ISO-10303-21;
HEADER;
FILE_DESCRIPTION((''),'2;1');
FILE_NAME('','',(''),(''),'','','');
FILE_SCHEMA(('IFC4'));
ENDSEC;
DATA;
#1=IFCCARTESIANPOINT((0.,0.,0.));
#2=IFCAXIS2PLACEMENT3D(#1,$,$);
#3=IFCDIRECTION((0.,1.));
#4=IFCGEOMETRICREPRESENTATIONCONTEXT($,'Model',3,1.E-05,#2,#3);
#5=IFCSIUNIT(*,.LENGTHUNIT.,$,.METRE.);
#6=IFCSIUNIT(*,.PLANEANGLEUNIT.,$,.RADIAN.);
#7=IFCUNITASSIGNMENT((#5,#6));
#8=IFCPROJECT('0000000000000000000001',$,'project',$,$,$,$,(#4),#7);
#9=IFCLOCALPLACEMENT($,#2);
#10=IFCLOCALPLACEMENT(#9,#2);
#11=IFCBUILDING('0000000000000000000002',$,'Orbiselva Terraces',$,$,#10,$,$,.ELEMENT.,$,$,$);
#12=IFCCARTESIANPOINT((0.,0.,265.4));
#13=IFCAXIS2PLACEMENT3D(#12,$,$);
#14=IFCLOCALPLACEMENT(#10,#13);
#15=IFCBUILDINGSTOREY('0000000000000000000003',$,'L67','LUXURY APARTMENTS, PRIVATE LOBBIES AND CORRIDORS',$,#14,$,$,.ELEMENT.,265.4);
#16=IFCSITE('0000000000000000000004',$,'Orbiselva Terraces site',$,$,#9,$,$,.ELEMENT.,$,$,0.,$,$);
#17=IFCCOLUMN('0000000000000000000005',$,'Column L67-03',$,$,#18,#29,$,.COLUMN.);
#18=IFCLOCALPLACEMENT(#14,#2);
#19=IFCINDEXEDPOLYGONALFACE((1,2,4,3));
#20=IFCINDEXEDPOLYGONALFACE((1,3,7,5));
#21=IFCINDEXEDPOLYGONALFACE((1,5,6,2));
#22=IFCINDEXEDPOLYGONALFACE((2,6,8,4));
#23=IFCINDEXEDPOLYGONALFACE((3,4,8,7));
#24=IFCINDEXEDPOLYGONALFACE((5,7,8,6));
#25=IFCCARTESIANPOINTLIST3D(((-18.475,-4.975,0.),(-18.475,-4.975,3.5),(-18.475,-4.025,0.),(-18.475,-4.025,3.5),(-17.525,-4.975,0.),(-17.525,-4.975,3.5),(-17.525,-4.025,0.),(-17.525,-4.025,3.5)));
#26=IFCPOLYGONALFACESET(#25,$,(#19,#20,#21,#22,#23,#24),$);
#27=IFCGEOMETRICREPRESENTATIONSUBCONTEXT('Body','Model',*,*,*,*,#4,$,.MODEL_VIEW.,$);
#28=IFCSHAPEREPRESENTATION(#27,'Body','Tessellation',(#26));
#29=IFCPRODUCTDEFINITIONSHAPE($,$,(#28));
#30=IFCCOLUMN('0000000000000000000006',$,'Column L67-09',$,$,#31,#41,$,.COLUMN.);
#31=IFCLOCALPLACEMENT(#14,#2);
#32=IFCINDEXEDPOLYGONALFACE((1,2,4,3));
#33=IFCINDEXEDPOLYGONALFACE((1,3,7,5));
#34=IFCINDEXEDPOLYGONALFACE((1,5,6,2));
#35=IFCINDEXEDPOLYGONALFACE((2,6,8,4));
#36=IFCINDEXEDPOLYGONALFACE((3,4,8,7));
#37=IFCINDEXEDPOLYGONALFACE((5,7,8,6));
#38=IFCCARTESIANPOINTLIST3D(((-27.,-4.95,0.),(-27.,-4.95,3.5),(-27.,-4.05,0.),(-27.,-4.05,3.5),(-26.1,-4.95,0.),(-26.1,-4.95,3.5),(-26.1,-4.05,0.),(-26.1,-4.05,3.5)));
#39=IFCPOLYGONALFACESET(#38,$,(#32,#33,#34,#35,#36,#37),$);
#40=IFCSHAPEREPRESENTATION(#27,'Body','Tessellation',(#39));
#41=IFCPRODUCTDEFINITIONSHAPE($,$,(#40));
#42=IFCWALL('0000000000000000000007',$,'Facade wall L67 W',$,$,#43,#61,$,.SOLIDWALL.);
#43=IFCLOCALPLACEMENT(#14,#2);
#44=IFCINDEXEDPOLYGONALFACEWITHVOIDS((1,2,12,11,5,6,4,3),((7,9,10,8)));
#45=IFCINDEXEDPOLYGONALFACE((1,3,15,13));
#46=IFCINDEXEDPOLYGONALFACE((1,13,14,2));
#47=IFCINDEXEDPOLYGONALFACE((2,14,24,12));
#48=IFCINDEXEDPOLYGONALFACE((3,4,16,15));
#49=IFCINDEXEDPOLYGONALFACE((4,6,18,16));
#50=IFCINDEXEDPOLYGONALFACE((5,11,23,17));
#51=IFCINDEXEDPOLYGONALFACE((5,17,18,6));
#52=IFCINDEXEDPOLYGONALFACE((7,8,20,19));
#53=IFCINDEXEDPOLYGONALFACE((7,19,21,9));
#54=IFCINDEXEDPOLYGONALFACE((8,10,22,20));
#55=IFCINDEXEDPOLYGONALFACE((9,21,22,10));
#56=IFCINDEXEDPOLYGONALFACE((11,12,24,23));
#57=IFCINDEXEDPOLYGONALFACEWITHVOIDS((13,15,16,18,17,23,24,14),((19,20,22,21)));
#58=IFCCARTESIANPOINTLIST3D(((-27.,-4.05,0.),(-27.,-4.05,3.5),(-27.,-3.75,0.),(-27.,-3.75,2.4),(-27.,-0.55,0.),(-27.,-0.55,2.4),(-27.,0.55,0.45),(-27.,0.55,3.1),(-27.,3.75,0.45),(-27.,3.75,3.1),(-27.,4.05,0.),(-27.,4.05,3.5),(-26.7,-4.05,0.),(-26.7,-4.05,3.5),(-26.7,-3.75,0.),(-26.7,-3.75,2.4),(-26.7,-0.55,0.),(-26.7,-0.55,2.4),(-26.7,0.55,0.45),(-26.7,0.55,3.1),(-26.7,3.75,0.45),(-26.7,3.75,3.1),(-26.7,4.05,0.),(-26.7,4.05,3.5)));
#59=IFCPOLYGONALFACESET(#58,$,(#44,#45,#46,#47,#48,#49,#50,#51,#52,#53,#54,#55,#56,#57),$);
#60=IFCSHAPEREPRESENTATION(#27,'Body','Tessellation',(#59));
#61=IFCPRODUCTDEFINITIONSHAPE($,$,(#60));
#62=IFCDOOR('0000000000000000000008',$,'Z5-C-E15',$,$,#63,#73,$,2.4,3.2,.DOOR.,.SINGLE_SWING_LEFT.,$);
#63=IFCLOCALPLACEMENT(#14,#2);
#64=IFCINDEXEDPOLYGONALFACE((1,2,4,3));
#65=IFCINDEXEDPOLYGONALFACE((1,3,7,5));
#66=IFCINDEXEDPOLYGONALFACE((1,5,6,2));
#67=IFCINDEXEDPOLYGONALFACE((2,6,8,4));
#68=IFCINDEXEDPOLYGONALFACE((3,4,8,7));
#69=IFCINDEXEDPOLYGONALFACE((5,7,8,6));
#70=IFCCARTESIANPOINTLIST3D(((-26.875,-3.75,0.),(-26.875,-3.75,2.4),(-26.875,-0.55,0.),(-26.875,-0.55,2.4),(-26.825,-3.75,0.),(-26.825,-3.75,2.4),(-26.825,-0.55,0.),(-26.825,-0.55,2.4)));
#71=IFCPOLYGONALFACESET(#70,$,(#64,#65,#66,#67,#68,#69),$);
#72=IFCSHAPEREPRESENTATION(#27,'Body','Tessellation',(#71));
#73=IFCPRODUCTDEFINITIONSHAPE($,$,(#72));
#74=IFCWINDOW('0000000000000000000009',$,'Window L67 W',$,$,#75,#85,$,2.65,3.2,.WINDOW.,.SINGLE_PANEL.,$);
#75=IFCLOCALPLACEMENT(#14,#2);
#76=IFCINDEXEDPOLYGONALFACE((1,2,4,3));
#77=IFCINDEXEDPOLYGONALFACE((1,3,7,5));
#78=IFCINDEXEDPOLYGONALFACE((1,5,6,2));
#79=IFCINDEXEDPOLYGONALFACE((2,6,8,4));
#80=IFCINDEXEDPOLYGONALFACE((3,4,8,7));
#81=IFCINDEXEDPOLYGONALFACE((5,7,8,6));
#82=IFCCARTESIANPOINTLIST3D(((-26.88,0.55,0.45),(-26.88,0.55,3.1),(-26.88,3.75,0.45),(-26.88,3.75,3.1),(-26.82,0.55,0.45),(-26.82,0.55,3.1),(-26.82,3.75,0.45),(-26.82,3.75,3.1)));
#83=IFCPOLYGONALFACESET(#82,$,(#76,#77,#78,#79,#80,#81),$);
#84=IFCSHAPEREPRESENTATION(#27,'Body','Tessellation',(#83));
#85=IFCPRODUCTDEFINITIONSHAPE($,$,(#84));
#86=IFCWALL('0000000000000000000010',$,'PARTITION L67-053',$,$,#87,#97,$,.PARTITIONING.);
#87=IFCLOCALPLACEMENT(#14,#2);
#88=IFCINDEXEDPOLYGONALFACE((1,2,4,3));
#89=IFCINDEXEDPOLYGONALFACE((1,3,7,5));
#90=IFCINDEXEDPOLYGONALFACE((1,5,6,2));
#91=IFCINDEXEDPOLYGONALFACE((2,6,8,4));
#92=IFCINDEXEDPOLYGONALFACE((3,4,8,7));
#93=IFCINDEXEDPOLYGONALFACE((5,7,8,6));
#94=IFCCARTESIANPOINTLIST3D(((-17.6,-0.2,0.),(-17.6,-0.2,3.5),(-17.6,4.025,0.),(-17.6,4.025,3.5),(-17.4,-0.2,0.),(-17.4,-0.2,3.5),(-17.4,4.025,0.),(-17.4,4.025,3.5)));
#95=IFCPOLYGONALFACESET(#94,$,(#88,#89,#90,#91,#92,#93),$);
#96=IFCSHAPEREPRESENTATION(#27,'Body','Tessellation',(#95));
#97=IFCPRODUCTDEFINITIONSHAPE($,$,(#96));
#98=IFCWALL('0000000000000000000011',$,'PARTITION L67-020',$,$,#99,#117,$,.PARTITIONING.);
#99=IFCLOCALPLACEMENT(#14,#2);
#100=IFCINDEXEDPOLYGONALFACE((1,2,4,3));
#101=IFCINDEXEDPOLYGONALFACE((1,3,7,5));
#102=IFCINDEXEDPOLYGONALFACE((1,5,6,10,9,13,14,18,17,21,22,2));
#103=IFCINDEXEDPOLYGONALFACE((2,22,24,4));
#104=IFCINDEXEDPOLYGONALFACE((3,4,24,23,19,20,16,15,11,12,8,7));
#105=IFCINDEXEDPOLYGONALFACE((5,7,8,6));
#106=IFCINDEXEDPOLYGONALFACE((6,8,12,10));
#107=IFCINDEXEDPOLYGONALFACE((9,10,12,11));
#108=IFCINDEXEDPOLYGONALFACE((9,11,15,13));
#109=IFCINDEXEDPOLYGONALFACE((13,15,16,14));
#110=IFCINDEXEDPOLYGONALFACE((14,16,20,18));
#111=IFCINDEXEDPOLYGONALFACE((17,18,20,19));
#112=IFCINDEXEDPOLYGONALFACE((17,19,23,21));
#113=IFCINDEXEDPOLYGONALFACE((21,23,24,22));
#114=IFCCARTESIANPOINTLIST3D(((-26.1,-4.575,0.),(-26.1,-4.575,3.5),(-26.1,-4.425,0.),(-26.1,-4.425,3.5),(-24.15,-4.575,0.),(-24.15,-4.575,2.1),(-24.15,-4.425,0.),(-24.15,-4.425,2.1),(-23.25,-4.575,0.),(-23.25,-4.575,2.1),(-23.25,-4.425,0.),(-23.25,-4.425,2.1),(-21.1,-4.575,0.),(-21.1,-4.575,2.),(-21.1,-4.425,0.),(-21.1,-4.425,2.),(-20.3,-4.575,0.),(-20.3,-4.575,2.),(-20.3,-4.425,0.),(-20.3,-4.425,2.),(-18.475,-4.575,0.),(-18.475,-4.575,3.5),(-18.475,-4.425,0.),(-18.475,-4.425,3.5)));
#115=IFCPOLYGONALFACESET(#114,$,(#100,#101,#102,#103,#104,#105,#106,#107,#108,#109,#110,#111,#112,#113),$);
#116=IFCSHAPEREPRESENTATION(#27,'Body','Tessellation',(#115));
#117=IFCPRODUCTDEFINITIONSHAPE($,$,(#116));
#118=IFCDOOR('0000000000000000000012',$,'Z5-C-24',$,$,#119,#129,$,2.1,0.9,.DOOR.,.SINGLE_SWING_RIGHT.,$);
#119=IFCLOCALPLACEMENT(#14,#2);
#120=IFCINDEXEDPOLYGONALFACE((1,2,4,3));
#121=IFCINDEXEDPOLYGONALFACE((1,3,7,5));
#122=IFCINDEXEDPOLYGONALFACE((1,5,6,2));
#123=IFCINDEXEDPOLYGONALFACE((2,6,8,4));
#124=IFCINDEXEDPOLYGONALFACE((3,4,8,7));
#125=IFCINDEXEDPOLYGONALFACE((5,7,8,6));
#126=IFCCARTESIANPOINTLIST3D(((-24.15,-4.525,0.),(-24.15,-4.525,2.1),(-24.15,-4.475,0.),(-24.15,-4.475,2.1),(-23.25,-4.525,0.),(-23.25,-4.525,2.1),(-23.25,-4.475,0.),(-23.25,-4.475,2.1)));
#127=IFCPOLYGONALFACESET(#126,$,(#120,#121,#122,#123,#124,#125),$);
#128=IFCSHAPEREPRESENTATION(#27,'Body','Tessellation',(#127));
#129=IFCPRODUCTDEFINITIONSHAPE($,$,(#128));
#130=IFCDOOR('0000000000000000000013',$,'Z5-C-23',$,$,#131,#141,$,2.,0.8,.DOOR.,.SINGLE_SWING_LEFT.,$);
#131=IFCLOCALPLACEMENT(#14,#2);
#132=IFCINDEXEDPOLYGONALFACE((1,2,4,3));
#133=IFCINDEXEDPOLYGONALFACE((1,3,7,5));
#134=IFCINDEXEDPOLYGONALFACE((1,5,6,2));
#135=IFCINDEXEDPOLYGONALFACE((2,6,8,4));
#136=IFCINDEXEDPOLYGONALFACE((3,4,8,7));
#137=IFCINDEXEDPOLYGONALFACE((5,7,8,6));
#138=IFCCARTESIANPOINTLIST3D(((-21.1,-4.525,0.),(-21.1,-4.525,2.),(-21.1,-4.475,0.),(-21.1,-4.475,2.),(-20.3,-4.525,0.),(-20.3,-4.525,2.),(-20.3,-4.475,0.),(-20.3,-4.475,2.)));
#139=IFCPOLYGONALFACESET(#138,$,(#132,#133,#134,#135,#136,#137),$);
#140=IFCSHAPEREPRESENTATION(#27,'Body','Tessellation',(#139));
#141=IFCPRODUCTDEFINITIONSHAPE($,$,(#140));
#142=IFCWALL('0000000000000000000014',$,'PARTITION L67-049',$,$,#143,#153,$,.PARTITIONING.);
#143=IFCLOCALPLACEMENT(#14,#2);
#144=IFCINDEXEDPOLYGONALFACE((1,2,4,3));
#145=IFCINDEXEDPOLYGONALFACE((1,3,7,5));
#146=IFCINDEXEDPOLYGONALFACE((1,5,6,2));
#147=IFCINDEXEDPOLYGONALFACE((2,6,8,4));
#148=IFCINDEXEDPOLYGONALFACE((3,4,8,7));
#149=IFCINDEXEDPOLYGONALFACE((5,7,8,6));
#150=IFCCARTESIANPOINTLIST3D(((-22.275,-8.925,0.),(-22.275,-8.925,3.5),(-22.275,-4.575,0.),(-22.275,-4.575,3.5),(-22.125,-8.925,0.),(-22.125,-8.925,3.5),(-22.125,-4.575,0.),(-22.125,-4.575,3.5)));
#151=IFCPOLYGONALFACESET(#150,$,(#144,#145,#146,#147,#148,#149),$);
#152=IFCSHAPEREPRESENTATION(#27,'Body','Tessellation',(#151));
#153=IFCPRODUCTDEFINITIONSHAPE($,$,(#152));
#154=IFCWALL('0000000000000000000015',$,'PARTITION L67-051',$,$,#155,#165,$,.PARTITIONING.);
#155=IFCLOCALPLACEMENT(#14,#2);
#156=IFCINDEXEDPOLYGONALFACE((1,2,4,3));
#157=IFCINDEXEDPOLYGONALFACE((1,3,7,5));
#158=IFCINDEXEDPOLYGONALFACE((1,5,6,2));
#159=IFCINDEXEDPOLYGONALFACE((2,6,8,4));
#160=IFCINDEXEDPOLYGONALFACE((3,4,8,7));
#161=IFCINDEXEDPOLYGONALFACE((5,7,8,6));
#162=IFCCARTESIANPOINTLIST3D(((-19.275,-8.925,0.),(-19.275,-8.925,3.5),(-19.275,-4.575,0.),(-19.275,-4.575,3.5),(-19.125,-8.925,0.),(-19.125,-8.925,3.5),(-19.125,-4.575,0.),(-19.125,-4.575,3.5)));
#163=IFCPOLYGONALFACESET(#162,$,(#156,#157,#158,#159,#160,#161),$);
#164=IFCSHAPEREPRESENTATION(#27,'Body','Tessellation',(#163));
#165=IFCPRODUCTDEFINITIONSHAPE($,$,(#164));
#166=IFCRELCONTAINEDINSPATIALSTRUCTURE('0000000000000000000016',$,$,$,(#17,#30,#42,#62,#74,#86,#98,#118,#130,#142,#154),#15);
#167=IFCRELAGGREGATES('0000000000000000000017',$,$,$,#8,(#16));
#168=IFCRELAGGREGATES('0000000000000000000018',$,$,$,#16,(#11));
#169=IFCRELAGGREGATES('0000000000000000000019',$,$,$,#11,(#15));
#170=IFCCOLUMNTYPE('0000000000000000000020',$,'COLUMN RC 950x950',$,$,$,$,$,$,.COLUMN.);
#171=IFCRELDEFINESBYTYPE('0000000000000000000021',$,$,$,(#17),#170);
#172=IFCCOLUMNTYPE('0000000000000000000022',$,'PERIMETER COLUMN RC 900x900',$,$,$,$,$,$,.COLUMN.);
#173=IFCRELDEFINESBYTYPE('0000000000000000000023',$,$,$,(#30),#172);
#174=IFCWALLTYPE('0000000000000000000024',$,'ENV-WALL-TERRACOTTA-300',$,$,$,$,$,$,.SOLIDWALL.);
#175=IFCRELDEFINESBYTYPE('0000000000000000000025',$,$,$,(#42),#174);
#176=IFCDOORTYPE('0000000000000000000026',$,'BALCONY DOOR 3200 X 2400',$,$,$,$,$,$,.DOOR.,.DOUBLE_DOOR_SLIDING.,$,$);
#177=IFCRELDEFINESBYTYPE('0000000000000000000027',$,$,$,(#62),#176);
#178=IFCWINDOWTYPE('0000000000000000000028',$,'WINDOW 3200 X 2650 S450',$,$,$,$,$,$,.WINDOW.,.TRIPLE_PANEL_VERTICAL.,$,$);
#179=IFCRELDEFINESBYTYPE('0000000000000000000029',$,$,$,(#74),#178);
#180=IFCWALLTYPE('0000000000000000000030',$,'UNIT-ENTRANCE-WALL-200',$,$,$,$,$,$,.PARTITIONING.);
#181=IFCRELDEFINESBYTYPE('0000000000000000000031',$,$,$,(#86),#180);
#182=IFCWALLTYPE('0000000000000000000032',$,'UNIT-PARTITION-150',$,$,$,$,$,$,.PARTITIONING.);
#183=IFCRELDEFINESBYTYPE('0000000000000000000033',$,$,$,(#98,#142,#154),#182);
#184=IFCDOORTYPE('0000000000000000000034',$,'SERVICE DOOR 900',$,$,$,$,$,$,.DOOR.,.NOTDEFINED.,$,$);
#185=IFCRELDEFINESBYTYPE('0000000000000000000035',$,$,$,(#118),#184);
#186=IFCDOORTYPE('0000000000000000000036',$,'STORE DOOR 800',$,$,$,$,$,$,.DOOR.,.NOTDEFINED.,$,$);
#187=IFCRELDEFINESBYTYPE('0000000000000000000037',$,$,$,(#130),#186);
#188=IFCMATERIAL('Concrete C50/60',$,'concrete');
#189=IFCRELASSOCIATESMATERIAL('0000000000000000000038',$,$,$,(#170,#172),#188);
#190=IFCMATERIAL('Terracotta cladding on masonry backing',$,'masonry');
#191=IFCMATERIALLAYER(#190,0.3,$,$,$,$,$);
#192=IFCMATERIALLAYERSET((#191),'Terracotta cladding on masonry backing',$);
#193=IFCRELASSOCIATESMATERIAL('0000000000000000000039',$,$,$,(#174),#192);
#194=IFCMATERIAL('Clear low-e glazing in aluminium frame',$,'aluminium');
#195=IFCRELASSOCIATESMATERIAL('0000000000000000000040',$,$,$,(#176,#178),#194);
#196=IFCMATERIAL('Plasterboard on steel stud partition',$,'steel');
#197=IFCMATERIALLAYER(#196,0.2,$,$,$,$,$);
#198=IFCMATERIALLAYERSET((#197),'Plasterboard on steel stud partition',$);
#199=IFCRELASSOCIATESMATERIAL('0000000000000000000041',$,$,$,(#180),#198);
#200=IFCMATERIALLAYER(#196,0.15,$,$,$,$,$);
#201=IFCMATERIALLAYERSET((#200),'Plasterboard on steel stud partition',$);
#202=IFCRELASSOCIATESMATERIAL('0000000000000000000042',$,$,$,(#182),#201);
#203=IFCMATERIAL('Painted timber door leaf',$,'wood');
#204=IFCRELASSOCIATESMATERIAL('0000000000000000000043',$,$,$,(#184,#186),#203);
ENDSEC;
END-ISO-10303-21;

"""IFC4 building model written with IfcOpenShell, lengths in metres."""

from ifc_helpers import new_model, si_unit, direction, frame, frame_2d, origin, origin_2d, place, context, subcontext, project, spatial, rectangle, extrude, material, layer, layer_set, material_profile, profile_set, type_object, element, fill, save


model = new_model("IFC4")

# Units and contexts
model_context = context("Model", 3, precision=1e-05, world=origin(), true_north=direction((0.0, 1.0)))
body_context = subcontext(model_context, "Body", "Model", "MODEL_VIEW")
ifc_project = project(units=[si_unit("LENGTHUNIT", "METRE"), si_unit("PLANEANGLEUNIT", "RADIAN")], contexts=[model_context])

# Site, building, storey
site_placement = place(None, origin())
site = spatial("IfcSite", under=ifc_project, at=site_placement, Name="Orbiselva Terraces site", CompositionType="ELEMENT", RefElevation=0.0)
building_placement = place(site_placement, origin())
building = spatial("IfcBuilding", under=site, at=building_placement, Name="Orbiselva Terraces", CompositionType="ELEMENT")
storey_placement = place(building_placement, frame((0.0, 0.0, 265.4)))
storey = spatial("IfcBuildingStorey", under=building, at=storey_placement, Name="L67", Description="LUXURY APARTMENTS, PRIVATE LOBBIES AND CORRIDORS", CompositionType="ELEMENT", Elevation=265.4)

# Columns
ifc_material_1 = material(Name="Concrete C50/60", Category="concrete")
ifc_material_profile_1 = material_profile(ifc_material_1, rectangle(XDim=0.95, YDim=0.95, at=origin_2d()), Name="RC 950x950")
ifc_profile_set_1 = profile_set([ifc_material_profile_1], Name="Concrete C50/60")
column_type_1 = type_object("IfcColumnType", Name="COLUMN RC 950x950", PredefinedType="COLUMN", material=ifc_profile_set_1)
column_1_placement = place(storey_placement, frame((-18.0, -4.5, 0.0), z_axis=(0.0, 0.0, 1.0), x_axis=(1.0, 0.0, 0.0)))
element("IfcColumn", 1, at=column_1_placement, inside=storey, type_object=column_type_1, Name="Column L67-03", PredefinedType="COLUMN", context=body_context, shape_type="SweptSolid", body=[
    extrude(rectangle(XDim=0.95, YDim=0.95, at=origin_2d()), origin(), (0.0, 0.0, 1.0), 3.5),
])
ifc_material_profile_2 = material_profile(ifc_material_1, rectangle(XDim=0.9, YDim=0.9, at=origin_2d()), Name="RC 900x900")
ifc_profile_set_2 = profile_set([ifc_material_profile_2], Name="Concrete C50/60")
column_type_2 = type_object("IfcColumnType", Name="PERIMETER COLUMN RC 900x900", PredefinedType="COLUMN", material=ifc_profile_set_2)
column_2_placement = place(storey_placement, frame((-26.55, -4.5, 0.0), z_axis=(0.0, 0.0, 1.0), x_axis=(1.0, 0.0, 0.0)))
element("IfcColumn", 2, at=column_2_placement, inside=storey, type_object=column_type_2, Name="Column L67-09", PredefinedType="COLUMN", context=body_context, shape_type="SweptSolid", body=[
    extrude(rectangle(XDim=0.9, YDim=0.9, at=origin_2d()), origin(), (0.0, 0.0, 1.0), 3.5),
])

# Wall, openings, door, window
ifc_material_2 = material(Name="Terracotta cladding on masonry backing", Category="masonry")
ifc_layer_1 = layer(ifc_material_2, 0.3)
ifc_layer_set_1 = layer_set([ifc_layer_1], Name="Terracotta cladding on masonry backing")
wall_type_1 = type_object("IfcWallType", Name="ENV-WALL-TERRACOTTA-300", PredefinedType="SOLIDWALL", material=ifc_layer_set_1)
wall_1_placement = place(storey_placement, frame((-26.85, -4.05, 0.0), z_axis=(0.0, 0.0, 1.0), x_axis=(0.0, 1.0, 0.0)))
wall_1 = element("IfcWall", 3, at=wall_1_placement, inside=storey, type_object=wall_type_1, Name="Facade wall L67 W", PredefinedType="SOLIDWALL", context=body_context, shape_type="SweptSolid", body=[
    extrude(rectangle(XDim=8.1, YDim=0.3, at=frame_2d((4.05, 0.0))), origin(), (0.0, 0.0, 1.0), 3.5),
])
opening_1_placement = place(wall_1_placement, frame((4.6, 0.0, 0.45)))
opening_1 = element("IfcOpeningElement", 4, at=opening_1_placement, cuts=wall_1, PredefinedType="OPENING", context=body_context, shape_type="SweptSolid", body=[
    extrude(rectangle(XDim=3.2, YDim=2.65, at=frame_2d((1.6, 1.325))), frame((0.0, 0.16, 0.0), z_axis=(0.0, -1.0, 0.0), x_axis=(1.0, 0.0, 0.0)), (0.0, 0.0, 1.0), 0.32),
])
opening_2_placement = place(wall_1_placement, frame((0.3, 0.0, 0.0)))
opening_2 = element("IfcOpeningElement", 5, at=opening_2_placement, cuts=wall_1, PredefinedType="OPENING", context=body_context, shape_type="SweptSolid", body=[
    extrude(rectangle(XDim=3.2, YDim=2.4, at=frame_2d((1.6, 1.2))), frame((0.0, 0.16, 0.0), z_axis=(0.0, -1.0, 0.0), x_axis=(1.0, 0.0, 0.0)), (0.0, 0.0, 1.0), 0.32),
])
ifc_material_3 = material(Name="Clear low-e glazing in aluminium frame", Category="aluminium")
door_type_1 = type_object("IfcDoorType", Name="BALCONY DOOR 3200 X 2400", OperationType="DOUBLE_DOOR_SLIDING", PredefinedType="DOOR", material=ifc_material_3)
door_1_placement = place(opening_2_placement, origin())
door_1 = element("IfcDoor", 6, at=door_1_placement, inside=storey, type_object=door_type_1, Name="Z5-C-E15", OperationType="SINGLE_SWING_LEFT", OverallHeight=2.4, OverallWidth=3.2, PredefinedType="DOOR", context=body_context, shape_type="SweptSolid", body=[
    extrude(rectangle(XDim=3.2, YDim=2.4, at=frame_2d((1.6, 1.2))), frame((0.0, 0.025, 0.0), z_axis=(0.0, -1.0, 0.0), x_axis=(1.0, 0.0, 0.0)), (0.0, 0.0, 1.0), 0.05),
])
fill(opening_2, door_1)
window_type = type_object("IfcWindowType", Name="WINDOW 3200 X 2650 S450", PartitioningType="TRIPLE_PANEL_VERTICAL", PredefinedType="WINDOW", material=ifc_material_3)
window_placement = place(opening_1_placement, origin())
window = element("IfcWindow", 7, at=window_placement, inside=storey, type_object=window_type, Name="Window L67 W", OverallHeight=2.65, OverallWidth=3.2, PartitioningType="SINGLE_PANEL", PredefinedType="WINDOW", context=body_context, shape_type="SweptSolid", body=[
    extrude(rectangle(XDim=3.2, YDim=2.65, at=frame_2d((1.6, 1.325))), frame((0.0, 0.03, 0.0), z_axis=(0.0, -1.0, 0.0), x_axis=(1.0, 0.0, 0.0)), (0.0, 0.0, 1.0), 0.06),
])
fill(opening_1, window)

# Wall
ifc_material_4 = material(Name="Plasterboard on steel stud partition", Category="steel")
ifc_layer_2 = layer(ifc_material_4, 0.2)
ifc_layer_set_2 = layer_set([ifc_layer_2], Name="Plasterboard on steel stud partition")
wall_type_2 = type_object("IfcWallType", Name="UNIT-ENTRANCE-WALL-200", PredefinedType="PARTITIONING", material=ifc_layer_set_2)
wall_2_placement = place(storey_placement, frame((-17.5, -0.2, 0.0), z_axis=(0.0, 0.0, 1.0), x_axis=(0.0, 1.0, 0.0)))
element("IfcWall", 8, at=wall_2_placement, inside=storey, type_object=wall_type_2, Name="PARTITION L67-053", PredefinedType="PARTITIONING", context=body_context, shape_type="SweptSolid", body=[
    extrude(rectangle(XDim=4.225, YDim=0.2, at=frame_2d((2.1125, 0.0))), origin(), (0.0, 0.0, 1.0), 3.5),
])

# Wall, openings, doors
ifc_layer_3 = layer(ifc_material_4, 0.15)
ifc_layer_set_3 = layer_set([ifc_layer_3], Name="Plasterboard on steel stud partition")
wall_type_3 = type_object("IfcWallType", Name="UNIT-PARTITION-150", PredefinedType="PARTITIONING", material=ifc_layer_set_3)
wall_3_placement = place(storey_placement, frame((-18.475, -4.5, 0.0), z_axis=(0.0, 0.0, 1.0), x_axis=(-1.0, 0.0, 0.0)))
wall_3 = element("IfcWall", 9, at=wall_3_placement, inside=storey, type_object=wall_type_3, Name="PARTITION L67-020", PredefinedType="PARTITIONING", context=body_context, shape_type="SweptSolid", body=[
    extrude(rectangle(XDim=7.625, YDim=0.15, at=frame_2d((3.8125, 0.0))), origin(), (0.0, 0.0, 1.0), 3.5),
])
opening_3_placement = place(wall_3_placement, frame((1.825, 0.0, 0.0)))
opening_3 = element("IfcOpeningElement", 10, at=opening_3_placement, cuts=wall_3, PredefinedType="OPENING", context=body_context, shape_type="SweptSolid", body=[
    extrude(rectangle(XDim=0.8, YDim=2.0, at=frame_2d((0.4, 1.0))), frame((0.0, 0.085, 0.0), z_axis=(0.0, -1.0, 0.0), x_axis=(1.0, 0.0, 0.0)), (0.0, 0.0, 1.0), 0.17),
])
opening_4_placement = place(wall_3_placement, frame((4.775, 0.0, 0.0)))
opening_4 = element("IfcOpeningElement", 11, at=opening_4_placement, cuts=wall_3, PredefinedType="OPENING", context=body_context, shape_type="SweptSolid", body=[
    extrude(rectangle(XDim=0.9, YDim=2.1, at=frame_2d((0.45, 1.05))), frame((0.0, 0.085, 0.0), z_axis=(0.0, -1.0, 0.0), x_axis=(1.0, 0.0, 0.0)), (0.0, 0.0, 1.0), 0.17),
])
ifc_material_5 = material(Name="Painted timber door leaf", Category="wood")
door_type_2 = type_object("IfcDoorType", Name="SERVICE DOOR 900", OperationType="NOTDEFINED", PredefinedType="DOOR", material=ifc_material_5)
door_2_placement = place(opening_4_placement, origin())
door_2 = element("IfcDoor", 12, at=door_2_placement, inside=storey, type_object=door_type_2, Name="Z5-C-24", OperationType="SINGLE_SWING_RIGHT", OverallHeight=2.1, OverallWidth=0.9, PredefinedType="DOOR", context=body_context, shape_type="SweptSolid", body=[
    extrude(rectangle(XDim=0.9, YDim=2.1, at=frame_2d((0.45, 1.05))), frame((0.0, 0.025, 0.0), z_axis=(0.0, -1.0, 0.0), x_axis=(1.0, 0.0, 0.0)), (0.0, 0.0, 1.0), 0.05),
])
fill(opening_4, door_2)
door_type_3 = type_object("IfcDoorType", Name="STORE DOOR 800", OperationType="NOTDEFINED", PredefinedType="DOOR", material=ifc_material_5)
door_3_placement = place(opening_3_placement, origin())
door_3 = element("IfcDoor", 13, at=door_3_placement, inside=storey, type_object=door_type_3, Name="Z5-C-23", OperationType="SINGLE_SWING_LEFT", OverallHeight=2.0, OverallWidth=0.8, PredefinedType="DOOR", context=body_context, shape_type="SweptSolid", body=[
    extrude(rectangle(XDim=0.8, YDim=2.0, at=frame_2d((0.4, 1.0))), frame((0.0, 0.025, 0.0), z_axis=(0.0, -1.0, 0.0), x_axis=(1.0, 0.0, 0.0)), (0.0, 0.0, 1.0), 0.05),
])
fill(opening_3, door_3)

# Walls
for number, where, z_axis, x_axis, name in (
    (14, (-22.2, -8.925, 0.0), (0.0, 0.0, 1.0), (0.0, 1.0, 0.0), "PARTITION L67-049"),
    (15, (-19.2, -8.925, 0.0), (0.0, 0.0, 1.0), (0.0, 1.0, 0.0), "PARTITION L67-051"),
):
    element("IfcWall", number, at=place(storey_placement, frame(where, z_axis=z_axis, x_axis=x_axis)), inside=storey, type_object=wall_type_3, Name=name, PredefinedType="PARTITIONING", context=body_context, shape_type="SweptSolid", body=[
        extrude(rectangle(XDim=4.35, YDim=0.15, at=frame_2d((2.175, 0.0))), origin(), (0.0, 0.0, 1.0), 3.5),
    ])

save(model, "model.ifc")
